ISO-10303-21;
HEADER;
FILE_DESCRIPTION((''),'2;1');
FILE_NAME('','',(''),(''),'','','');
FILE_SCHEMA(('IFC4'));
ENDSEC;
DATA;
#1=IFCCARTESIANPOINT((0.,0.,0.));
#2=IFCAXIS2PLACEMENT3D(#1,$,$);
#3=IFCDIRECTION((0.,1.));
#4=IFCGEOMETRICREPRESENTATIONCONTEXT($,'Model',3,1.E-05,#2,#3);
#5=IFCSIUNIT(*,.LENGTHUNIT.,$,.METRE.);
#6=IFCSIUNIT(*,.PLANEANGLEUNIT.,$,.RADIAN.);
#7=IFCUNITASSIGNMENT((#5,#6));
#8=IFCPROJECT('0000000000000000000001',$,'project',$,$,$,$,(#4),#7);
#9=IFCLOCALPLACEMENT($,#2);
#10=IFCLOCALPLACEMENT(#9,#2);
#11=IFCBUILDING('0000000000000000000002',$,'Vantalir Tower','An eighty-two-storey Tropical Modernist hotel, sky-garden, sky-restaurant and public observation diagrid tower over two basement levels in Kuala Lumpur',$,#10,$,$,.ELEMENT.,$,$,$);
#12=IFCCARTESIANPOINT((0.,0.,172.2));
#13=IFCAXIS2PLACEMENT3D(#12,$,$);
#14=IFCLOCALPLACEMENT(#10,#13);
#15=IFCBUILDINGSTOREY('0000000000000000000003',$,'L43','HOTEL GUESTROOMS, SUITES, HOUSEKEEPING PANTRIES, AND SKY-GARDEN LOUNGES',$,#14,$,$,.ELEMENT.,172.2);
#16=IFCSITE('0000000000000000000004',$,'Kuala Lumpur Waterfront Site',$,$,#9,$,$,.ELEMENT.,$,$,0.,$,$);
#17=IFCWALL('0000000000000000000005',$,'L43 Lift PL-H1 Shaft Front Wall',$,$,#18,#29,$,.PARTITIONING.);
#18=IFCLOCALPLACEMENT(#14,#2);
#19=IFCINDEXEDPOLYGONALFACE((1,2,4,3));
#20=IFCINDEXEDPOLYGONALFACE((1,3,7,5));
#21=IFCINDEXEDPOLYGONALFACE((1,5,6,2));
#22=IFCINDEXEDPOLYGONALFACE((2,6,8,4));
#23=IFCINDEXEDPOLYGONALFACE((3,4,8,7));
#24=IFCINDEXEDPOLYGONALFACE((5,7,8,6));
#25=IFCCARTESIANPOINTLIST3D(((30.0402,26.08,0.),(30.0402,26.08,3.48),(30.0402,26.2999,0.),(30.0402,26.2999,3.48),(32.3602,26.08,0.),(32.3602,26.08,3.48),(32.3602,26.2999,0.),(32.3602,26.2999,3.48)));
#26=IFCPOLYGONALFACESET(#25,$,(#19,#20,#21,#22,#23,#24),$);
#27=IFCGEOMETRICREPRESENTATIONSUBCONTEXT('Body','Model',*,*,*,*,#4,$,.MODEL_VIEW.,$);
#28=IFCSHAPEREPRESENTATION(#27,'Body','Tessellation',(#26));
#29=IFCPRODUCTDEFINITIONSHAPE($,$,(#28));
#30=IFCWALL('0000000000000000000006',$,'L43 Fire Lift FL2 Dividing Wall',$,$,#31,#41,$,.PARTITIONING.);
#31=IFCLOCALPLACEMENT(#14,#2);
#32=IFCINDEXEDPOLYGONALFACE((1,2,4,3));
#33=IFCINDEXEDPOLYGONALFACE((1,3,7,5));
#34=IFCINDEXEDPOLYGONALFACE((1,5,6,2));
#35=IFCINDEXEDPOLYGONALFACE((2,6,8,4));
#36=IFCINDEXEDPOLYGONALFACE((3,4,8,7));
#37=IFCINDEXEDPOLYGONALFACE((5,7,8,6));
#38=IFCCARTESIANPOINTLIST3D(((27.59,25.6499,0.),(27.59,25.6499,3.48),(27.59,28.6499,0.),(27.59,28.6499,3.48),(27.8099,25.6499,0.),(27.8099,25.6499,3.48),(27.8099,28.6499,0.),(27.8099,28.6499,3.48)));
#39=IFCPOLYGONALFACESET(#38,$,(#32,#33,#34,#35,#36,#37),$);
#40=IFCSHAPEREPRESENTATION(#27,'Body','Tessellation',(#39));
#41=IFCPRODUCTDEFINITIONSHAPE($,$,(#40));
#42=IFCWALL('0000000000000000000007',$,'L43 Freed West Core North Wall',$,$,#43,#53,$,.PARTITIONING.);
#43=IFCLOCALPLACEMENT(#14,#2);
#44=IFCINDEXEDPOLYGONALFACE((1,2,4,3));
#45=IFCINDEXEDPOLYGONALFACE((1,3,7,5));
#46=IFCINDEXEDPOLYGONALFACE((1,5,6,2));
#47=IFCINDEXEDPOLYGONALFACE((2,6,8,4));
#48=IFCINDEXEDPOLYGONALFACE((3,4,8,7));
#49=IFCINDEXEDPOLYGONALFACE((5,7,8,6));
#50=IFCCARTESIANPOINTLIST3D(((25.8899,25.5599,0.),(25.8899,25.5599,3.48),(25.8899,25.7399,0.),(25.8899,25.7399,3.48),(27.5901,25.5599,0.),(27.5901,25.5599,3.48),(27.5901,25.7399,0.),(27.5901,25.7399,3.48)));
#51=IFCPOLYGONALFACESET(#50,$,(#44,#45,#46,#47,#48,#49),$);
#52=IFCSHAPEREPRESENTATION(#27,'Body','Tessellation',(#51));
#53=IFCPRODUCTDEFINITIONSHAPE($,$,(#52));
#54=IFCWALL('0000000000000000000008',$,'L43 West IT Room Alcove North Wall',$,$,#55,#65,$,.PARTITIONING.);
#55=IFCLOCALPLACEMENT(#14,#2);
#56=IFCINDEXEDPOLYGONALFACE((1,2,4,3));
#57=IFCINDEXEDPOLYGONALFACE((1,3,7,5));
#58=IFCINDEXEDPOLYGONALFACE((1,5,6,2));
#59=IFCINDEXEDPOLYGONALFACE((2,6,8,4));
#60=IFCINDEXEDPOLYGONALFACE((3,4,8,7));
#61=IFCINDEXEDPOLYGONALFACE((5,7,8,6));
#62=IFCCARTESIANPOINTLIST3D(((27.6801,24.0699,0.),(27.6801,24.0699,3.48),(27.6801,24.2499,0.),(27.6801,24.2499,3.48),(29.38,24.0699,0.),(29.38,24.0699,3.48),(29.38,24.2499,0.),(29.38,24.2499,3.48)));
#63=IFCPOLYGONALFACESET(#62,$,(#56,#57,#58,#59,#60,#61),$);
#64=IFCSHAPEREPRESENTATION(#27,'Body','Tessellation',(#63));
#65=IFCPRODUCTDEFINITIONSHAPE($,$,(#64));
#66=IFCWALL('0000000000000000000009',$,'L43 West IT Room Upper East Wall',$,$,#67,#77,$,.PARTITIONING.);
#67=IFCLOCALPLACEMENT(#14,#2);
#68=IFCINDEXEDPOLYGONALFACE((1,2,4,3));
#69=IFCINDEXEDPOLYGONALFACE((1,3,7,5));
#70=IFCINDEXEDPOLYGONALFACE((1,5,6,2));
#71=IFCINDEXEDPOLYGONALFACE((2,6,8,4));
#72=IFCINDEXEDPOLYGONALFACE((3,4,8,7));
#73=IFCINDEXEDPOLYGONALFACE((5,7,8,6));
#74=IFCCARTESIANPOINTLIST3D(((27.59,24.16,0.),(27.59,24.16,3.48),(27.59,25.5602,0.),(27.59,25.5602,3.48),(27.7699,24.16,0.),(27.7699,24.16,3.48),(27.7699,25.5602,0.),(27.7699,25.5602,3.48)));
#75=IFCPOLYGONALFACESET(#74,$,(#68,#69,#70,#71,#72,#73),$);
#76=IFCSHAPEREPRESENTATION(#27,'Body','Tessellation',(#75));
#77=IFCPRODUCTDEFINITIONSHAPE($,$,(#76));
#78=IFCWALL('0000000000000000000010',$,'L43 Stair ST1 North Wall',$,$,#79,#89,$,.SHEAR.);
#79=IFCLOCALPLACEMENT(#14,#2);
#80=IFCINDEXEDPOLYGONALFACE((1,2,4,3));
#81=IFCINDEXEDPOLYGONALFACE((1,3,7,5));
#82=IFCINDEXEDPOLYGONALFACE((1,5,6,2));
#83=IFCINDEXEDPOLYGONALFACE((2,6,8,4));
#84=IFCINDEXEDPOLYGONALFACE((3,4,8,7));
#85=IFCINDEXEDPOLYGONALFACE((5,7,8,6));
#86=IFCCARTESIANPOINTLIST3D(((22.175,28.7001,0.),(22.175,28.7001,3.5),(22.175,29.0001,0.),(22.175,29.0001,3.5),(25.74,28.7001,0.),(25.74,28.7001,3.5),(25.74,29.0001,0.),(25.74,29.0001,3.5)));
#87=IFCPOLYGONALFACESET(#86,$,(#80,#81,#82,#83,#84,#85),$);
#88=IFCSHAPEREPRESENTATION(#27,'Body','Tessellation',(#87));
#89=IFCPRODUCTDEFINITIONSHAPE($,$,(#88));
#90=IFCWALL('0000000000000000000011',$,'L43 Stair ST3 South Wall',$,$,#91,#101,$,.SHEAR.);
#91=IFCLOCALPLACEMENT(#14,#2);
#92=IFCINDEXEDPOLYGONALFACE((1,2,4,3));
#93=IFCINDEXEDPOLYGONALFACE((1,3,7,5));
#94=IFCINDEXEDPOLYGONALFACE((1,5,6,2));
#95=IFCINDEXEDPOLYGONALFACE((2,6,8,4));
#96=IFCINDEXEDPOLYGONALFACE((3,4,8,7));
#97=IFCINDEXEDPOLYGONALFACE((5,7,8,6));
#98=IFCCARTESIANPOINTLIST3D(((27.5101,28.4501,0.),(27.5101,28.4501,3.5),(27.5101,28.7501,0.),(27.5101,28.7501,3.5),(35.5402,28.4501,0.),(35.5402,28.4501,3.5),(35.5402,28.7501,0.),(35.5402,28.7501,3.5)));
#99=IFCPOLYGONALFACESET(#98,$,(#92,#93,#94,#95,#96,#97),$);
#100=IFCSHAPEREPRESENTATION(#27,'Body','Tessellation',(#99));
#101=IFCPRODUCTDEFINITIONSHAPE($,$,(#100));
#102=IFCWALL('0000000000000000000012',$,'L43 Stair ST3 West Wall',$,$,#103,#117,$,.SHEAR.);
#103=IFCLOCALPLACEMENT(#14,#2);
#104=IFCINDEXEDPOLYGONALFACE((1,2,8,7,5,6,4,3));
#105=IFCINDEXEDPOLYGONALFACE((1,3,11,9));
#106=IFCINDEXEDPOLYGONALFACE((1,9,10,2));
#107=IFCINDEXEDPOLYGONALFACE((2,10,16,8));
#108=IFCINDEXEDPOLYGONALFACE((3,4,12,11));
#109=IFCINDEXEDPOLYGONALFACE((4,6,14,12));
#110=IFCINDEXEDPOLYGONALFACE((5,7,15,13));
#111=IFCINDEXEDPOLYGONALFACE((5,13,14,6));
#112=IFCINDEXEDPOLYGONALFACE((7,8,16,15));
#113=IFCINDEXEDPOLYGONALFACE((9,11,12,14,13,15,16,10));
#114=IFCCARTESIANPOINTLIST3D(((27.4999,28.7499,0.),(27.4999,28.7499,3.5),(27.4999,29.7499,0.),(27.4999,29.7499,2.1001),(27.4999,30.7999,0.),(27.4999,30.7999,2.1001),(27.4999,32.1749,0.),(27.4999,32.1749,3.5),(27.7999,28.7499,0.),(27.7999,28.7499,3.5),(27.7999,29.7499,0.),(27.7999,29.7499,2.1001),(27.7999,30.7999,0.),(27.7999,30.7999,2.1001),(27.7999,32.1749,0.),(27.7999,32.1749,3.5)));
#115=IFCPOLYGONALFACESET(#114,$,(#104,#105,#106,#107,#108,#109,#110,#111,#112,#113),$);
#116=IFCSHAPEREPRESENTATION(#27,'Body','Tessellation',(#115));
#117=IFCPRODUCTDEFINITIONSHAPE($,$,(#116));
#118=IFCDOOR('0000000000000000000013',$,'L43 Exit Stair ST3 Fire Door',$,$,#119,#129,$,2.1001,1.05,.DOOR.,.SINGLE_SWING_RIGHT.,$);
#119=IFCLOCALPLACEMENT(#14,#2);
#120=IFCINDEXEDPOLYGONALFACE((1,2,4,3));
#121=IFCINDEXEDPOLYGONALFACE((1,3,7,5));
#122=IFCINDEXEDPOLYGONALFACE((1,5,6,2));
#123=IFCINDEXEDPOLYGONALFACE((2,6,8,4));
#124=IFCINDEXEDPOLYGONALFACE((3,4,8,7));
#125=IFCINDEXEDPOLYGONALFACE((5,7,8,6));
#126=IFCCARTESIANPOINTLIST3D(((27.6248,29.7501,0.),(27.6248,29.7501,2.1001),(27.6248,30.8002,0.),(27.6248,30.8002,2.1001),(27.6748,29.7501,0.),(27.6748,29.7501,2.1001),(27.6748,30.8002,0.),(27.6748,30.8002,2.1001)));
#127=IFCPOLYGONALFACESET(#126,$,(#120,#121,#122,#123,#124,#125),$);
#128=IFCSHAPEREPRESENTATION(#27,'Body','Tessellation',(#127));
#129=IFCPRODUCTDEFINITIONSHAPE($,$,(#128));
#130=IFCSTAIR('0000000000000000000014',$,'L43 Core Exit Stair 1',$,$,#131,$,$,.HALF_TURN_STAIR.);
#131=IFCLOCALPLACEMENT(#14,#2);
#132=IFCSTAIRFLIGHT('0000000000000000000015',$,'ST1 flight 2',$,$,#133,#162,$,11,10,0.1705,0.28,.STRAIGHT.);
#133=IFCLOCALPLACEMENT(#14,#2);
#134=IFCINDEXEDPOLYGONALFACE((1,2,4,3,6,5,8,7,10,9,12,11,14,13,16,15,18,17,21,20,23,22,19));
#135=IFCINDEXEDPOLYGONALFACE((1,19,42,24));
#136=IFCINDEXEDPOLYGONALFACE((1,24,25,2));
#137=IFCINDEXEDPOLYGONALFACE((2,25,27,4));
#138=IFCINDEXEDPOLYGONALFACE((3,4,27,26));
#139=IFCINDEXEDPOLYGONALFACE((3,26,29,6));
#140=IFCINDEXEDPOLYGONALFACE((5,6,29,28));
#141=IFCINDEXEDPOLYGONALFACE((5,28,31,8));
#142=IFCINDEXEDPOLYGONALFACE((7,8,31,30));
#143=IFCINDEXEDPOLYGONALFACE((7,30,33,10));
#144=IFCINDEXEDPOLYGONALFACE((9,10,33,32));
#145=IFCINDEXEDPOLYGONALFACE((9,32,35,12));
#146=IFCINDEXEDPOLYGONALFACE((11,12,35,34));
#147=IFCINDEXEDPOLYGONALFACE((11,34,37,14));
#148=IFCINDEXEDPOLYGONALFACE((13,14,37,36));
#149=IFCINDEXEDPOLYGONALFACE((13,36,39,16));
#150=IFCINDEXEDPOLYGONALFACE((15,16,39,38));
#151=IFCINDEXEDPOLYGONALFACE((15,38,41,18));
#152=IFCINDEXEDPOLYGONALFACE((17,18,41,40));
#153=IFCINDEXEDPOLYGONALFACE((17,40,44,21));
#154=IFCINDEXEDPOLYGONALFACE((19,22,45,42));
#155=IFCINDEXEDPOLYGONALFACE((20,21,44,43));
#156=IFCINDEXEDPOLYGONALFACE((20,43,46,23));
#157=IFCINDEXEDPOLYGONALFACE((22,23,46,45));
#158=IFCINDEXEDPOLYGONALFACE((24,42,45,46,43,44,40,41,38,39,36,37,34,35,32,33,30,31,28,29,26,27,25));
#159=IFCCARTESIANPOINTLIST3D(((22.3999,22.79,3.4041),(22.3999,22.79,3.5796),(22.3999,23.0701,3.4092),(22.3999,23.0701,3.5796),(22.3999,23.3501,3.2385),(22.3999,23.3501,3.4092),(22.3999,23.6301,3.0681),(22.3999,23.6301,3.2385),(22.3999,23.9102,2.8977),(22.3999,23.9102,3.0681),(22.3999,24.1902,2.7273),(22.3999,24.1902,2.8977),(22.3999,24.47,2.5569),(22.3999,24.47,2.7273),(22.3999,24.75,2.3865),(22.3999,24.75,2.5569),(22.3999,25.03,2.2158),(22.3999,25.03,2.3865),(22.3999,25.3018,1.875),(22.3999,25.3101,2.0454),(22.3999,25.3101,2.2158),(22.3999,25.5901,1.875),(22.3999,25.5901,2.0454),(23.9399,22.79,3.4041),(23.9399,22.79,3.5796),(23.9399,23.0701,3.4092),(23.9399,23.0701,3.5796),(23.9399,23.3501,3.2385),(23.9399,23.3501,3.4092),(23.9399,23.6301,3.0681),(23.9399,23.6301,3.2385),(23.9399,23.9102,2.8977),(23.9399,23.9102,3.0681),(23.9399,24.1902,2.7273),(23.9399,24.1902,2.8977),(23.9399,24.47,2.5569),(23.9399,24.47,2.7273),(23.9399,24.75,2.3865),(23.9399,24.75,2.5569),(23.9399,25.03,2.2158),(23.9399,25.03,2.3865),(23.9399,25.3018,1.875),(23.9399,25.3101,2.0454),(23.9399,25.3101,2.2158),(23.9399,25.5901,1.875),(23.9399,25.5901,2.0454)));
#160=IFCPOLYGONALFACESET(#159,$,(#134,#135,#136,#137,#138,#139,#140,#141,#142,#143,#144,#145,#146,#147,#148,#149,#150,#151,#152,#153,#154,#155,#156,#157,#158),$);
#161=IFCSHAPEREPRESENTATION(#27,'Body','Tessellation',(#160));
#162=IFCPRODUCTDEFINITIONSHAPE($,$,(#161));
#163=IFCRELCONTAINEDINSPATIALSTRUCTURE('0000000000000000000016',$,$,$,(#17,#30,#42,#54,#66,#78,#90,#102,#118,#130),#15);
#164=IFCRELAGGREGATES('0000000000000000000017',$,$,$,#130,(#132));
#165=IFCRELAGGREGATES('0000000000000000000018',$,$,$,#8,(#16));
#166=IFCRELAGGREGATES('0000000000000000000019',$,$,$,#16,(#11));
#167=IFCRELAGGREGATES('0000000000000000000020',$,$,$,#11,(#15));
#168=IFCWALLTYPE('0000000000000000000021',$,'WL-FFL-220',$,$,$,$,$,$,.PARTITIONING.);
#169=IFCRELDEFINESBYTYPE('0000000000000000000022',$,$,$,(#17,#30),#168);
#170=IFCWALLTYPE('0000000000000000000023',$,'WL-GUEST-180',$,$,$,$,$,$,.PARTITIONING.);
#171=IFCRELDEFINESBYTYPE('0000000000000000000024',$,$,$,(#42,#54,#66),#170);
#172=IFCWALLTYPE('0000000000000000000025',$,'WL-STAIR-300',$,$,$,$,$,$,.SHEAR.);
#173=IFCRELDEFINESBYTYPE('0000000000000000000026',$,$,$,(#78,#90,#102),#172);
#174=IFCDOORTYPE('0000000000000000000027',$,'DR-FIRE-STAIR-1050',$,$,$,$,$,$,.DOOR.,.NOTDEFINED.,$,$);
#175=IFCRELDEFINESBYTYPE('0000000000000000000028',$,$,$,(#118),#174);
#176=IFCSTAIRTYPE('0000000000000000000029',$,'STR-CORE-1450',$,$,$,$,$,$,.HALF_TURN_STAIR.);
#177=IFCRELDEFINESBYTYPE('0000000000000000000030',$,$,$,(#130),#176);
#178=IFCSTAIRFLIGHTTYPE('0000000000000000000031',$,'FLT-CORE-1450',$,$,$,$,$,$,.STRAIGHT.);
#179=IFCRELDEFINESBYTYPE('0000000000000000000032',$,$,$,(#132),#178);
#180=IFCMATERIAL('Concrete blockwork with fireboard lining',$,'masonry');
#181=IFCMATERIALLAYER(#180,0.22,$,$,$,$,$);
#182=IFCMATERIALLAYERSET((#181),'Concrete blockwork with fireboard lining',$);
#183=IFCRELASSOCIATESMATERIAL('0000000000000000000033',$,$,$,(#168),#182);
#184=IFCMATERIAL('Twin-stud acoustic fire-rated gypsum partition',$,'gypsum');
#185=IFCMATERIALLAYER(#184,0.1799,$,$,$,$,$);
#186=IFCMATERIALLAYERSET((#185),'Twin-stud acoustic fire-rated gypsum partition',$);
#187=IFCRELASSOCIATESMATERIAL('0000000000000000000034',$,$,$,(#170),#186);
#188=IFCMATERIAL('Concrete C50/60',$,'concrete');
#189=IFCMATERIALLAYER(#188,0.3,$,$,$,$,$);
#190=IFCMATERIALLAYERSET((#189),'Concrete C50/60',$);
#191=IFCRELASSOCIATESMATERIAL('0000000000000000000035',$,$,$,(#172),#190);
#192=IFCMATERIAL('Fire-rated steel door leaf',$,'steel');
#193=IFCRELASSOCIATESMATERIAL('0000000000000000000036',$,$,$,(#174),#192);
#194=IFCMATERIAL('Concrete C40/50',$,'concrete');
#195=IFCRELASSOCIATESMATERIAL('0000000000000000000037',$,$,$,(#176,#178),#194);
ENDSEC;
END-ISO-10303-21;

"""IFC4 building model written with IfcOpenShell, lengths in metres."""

from ifc_helpers import new_model, si_unit, direction, frame, frame_2d, origin, place, context, subcontext, project, spatial, polyline, rectangle, outline, extrude, material, layer, layer_set, type_object, element, fill, aggregate, save


model = new_model("IFC4")

# Units and contexts
model_context = context("Model", 3, precision=1e-05, world=origin(), true_north=direction((0.0, 1.0)))
body_context = subcontext(model_context, "Body", "Model", "MODEL_VIEW")
ifc_project = project(units=[si_unit("LENGTHUNIT", "METRE"), si_unit("PLANEANGLEUNIT", "RADIAN")], contexts=[model_context])

# Site, building, storey
site_placement = place(None, origin())
site = spatial("IfcSite", under=ifc_project, at=site_placement, Name="Kuala Lumpur Waterfront Site", CompositionType="ELEMENT", RefElevation=0.0)
building_placement = place(site_placement, origin())
building = spatial("IfcBuilding", under=site, at=building_placement, Name="Vantalir Tower", Description="An eighty-two-storey Tropical Modernist hotel, sky-garden, sky-restaurant and public observation diagrid tower over two basement levels in Kuala Lumpur", CompositionType="ELEMENT")
storey_placement = place(building_placement, frame((0.0, 0.0, 172.2)))
storey = spatial("IfcBuildingStorey", under=building, at=storey_placement, Name="L43", Description="HOTEL GUESTROOMS, SUITES, HOUSEKEEPING PANTRIES, AND SKY-GARDEN LOUNGES", CompositionType="ELEMENT", Elevation=172.2)

# Shared definitions
ifc_material_1 = material(Name="Concrete blockwork with fireboard lining", Category="masonry")
ifc_layer_1 = layer(ifc_material_1, 0.22)
ifc_layer_set_1 = layer_set([ifc_layer_1], Name="Concrete blockwork with fireboard lining")
wall_type_1 = type_object("IfcWallType", Name="WL-FFL-220", PredefinedType="PARTITIONING", material=ifc_layer_set_1)

# Walls
wall_1_placement = place(storey_placement, frame((30.04, 26.1899, 0.0), z_axis=(0.0, 0.0, 1.0), x_axis=(1.0, 0.0, 0.0)))
element("IfcWall", 1, at=wall_1_placement, inside=storey, type_object=wall_type_1, Name="L43 Lift PL-H1 Shaft Front Wall", PredefinedType="PARTITIONING", context=body_context, shape_type="SweptSolid", body=[
    extrude(rectangle(XDim=2.3201, YDim=0.22, at=frame_2d((1.1602, 0.0))), origin(), (0.0, 0.0, 1.0), 3.48),
])
wall_2_placement = place(storey_placement, frame((27.7, 25.6499, 0.0), z_axis=(0.0, 0.0, 1.0), x_axis=(0.0, 1.0, 0.0)))
element("IfcWall", 2, at=wall_2_placement, inside=storey, type_object=wall_type_1, Name="L43 Fire Lift FL2 Dividing Wall", PredefinedType="PARTITIONING", context=body_context, shape_type="SweptSolid", body=[
    extrude(rectangle(XDim=3.0, YDim=0.22, at=frame_2d((1.5, 0.0))), origin(), (0.0, 0.0, 1.0), 3.48),
])
ifc_material_2 = material(Name="Twin-stud acoustic fire-rated gypsum partition", Category="gypsum")
ifc_layer_2 = layer(ifc_material_2, 0.1799)
ifc_layer_set_2 = layer_set([ifc_layer_2], Name="Twin-stud acoustic fire-rated gypsum partition")
wall_type_2 = type_object("IfcWallType", Name="WL-GUEST-180", PredefinedType="PARTITIONING", material=ifc_layer_set_2)
wall_3_placement = place(storey_placement, frame((25.8899, 25.6499, 0.0), z_axis=(0.0, 0.0, 1.0), x_axis=(1.0, 0.0, 0.0)))
element("IfcWall", 3, at=wall_3_placement, inside=storey, type_object=wall_type_2, Name="L43 Freed West Core North Wall", PredefinedType="PARTITIONING", context=body_context, shape_type="SweptSolid", body=[
    extrude(rectangle(XDim=1.7002, YDim=0.1799, at=frame_2d((0.8501, 0.0))), origin(), (0.0, 0.0, 1.0), 3.48),
])
wall_4_placement = place(storey_placement, frame((27.6799, 24.1599, 0.0), z_axis=(0.0, 0.0, 1.0), x_axis=(1.0, 0.0, 0.0)))
element("IfcWall", 4, at=wall_4_placement, inside=storey, type_object=wall_type_2, Name="L43 West IT Room Alcove North Wall", PredefinedType="PARTITIONING", context=body_context, shape_type="SweptSolid", body=[
    extrude(rectangle(XDim=1.7, YDim=0.1799, at=frame_2d((0.8501, 0.0))), origin(), (0.0, 0.0, 1.0), 3.48),
])
wall_5_placement = place(storey_placement, frame((27.6799, 24.1599, 0.0), z_axis=(0.0, 0.0, 1.0), x_axis=(0.0, 1.0, 0.0)))
element("IfcWall", 5, at=wall_5_placement, inside=storey, type_object=wall_type_2, Name="L43 West IT Room Upper East Wall", PredefinedType="PARTITIONING", context=body_context, shape_type="SweptSolid", body=[
    extrude(rectangle(XDim=1.4001, YDim=0.1799, at=frame_2d((0.7002, 0.0))), origin(), (0.0, 0.0, 1.0), 3.48),
])
ifc_material_3 = material(Name="Concrete C50/60", Category="concrete")
ifc_layer_3 = layer(ifc_material_3, 0.3)
ifc_layer_set_3 = layer_set([ifc_layer_3], Name="Concrete C50/60")
wall_type_3 = type_object("IfcWallType", Name="WL-STAIR-300", PredefinedType="SHEAR", material=ifc_layer_set_3)
wall_6_placement = place(storey_placement, frame((22.175, 28.8501, 0.0), z_axis=(0.0, 0.0, 1.0), x_axis=(1.0, 0.0, 0.0)))
element("IfcWall", 6, at=wall_6_placement, inside=storey, type_object=wall_type_3, Name="L43 Stair ST1 North Wall", PredefinedType="SHEAR", context=body_context, shape_type="SweptSolid", body=[
    extrude(rectangle(XDim=3.5649, YDim=0.3, at=frame_2d((1.7825, 0.0))), origin(), (0.0, 0.0, 1.0), 3.5),
])
wall_7_placement = place(storey_placement, frame((27.51, 28.6001, 0.0), z_axis=(0.0, 0.0, 1.0), x_axis=(1.0, 0.0, 0.0)))
element("IfcWall", 7, at=wall_7_placement, inside=storey, type_object=wall_type_3, Name="L43 Stair ST3 South Wall", PredefinedType="SHEAR", context=body_context, shape_type="SweptSolid", body=[
    extrude(rectangle(XDim=8.03, YDim=0.3, at=frame_2d((4.0151, 0.0))), origin(), (0.0, 0.0, 1.0), 3.5),
])

# Wall, opening, door
wall_8_placement = place(storey_placement, frame((27.6499, 28.75, 0.0), z_axis=(0.0, 0.0, 1.0), x_axis=(0.0, 1.0, 0.0)))
wall_8 = element("IfcWall", 8, at=wall_8_placement, inside=storey, type_object=wall_type_3, Name="L43 Stair ST3 West Wall", PredefinedType="SHEAR", context=body_context, shape_type="SweptSolid", body=[
    extrude(rectangle(XDim=3.425, YDim=0.3, at=frame_2d((1.7124, 0.0))), origin(), (0.0, 0.0, 1.0), 3.5),
])
opening_1_placement = place(wall_8_placement, frame((1.0, 0.0, 0.0)))
opening_1 = element("IfcOpeningElement", 9, at=opening_1_placement, cuts=wall_8, PredefinedType="OPENING", context=body_context, shape_type="SweptSolid", body=[
    extrude(rectangle(XDim=1.05, YDim=2.1001, at=frame_2d((0.5249, 1.05))), frame((0.0, 0.1599, 0.0), z_axis=(0.0, -1.0, 0.0), x_axis=(1.0, 0.0, 0.0)), (0.0, 0.0, 1.0), 0.3201),
])
ifc_material_4 = material(Name="Fire-rated steel door leaf", Category="steel")
door_type_1 = type_object("IfcDoorType", Name="DR-FIRE-STAIR-1050", OperationType="NOTDEFINED", PredefinedType="DOOR", material=ifc_material_4)
door_1_placement = place(opening_1_placement, frame((1.05, 0.0, 0.0), z_axis=(0.0, 0.0, 1.0), x_axis=(-1.0, 0.0, 0.0)))
door_1 = element("IfcDoor", 10, at=door_1_placement, inside=storey, type_object=door_type_1, Name="L43 Exit Stair ST3 Fire Door", OperationType="SINGLE_SWING_RIGHT", OverallHeight=2.1001, OverallWidth=1.05, PredefinedType="DOOR", context=body_context, shape_type="SweptSolid", body=[
    extrude(rectangle(XDim=1.05, YDim=2.1001, at=frame_2d((0.5249, 1.05))), frame((0.0, 0.0249, 0.0), z_axis=(0.0, -1.0, 0.0), x_axis=(1.0, 0.0, 0.0)), (0.0, 0.0, 1.0), 0.05),
])
fill(opening_1, door_1)

# Stair, stair flight
ifc_material_5 = material(Name="Concrete C40/50", Category="concrete")
stair_type = type_object("IfcStairType", Name="STR-CORE-1450", PredefinedType="HALF_TURN_STAIR", material=ifc_material_5)
stair_1_placement = place(storey_placement, origin())
stair_1 = element("IfcStair", 11, at=stair_1_placement, inside=storey, type_object=stair_type, Name="L43 Core Exit Stair 1", PredefinedType="HALF_TURN_STAIR")
stair_flight_type = type_object("IfcStairFlightType", Name="FLT-CORE-1450", PredefinedType="STRAIGHT", material=ifc_material_5)
stair_flight_1_placement = place(storey_placement, frame((23.1699, 25.5901, 1.875), z_axis=(0.0, 0.0, 1.0), x_axis=(0.0, -1.0, 0.0)))
stair_flight_1 = element("IfcStairFlight", 12, at=stair_flight_1_placement, type_object=stair_flight_type, Name="ST1 flight 2", NumberOfRisers=11, NumberOfTreads=10, PredefinedType="STRAIGHT", RiserHeight=0.1705, TreadLength=0.28, context=body_context, shape_type="SweptSolid", body=[
    extrude(outline(polyline([(0.0, 0.0), (0.0, 0.1704), (0.28, 0.1704), (0.28, 0.3408), (0.5601, 0.3408), (0.5601, 0.5115), (0.8401, 0.5115), (0.8401, 0.6819), (1.1201, 0.6819), (1.1201, 0.8523), (1.3999, 0.8523), (1.3999, 1.0227), (1.6799, 1.0227), (1.6799, 1.1931), (1.96, 1.1931), (1.96, 1.3635), (2.24, 1.3635), (2.24, 1.5342), (2.52, 1.5342), (2.52, 1.7046), (2.8, 1.7046), (2.8, 1.875), (2.8, 1.5291), (0.2883, 0.0), (0.0, 0.0)])), frame((0.0, 0.77, 0.0), z_axis=(0.0, -1.0, 0.0), x_axis=(1.0, 0.0, 0.0)), (0.0, 0.0, 1.0), 1.54),
])
aggregate(stair_1, [stair_flight_1])

save(model, "model.ifc")
